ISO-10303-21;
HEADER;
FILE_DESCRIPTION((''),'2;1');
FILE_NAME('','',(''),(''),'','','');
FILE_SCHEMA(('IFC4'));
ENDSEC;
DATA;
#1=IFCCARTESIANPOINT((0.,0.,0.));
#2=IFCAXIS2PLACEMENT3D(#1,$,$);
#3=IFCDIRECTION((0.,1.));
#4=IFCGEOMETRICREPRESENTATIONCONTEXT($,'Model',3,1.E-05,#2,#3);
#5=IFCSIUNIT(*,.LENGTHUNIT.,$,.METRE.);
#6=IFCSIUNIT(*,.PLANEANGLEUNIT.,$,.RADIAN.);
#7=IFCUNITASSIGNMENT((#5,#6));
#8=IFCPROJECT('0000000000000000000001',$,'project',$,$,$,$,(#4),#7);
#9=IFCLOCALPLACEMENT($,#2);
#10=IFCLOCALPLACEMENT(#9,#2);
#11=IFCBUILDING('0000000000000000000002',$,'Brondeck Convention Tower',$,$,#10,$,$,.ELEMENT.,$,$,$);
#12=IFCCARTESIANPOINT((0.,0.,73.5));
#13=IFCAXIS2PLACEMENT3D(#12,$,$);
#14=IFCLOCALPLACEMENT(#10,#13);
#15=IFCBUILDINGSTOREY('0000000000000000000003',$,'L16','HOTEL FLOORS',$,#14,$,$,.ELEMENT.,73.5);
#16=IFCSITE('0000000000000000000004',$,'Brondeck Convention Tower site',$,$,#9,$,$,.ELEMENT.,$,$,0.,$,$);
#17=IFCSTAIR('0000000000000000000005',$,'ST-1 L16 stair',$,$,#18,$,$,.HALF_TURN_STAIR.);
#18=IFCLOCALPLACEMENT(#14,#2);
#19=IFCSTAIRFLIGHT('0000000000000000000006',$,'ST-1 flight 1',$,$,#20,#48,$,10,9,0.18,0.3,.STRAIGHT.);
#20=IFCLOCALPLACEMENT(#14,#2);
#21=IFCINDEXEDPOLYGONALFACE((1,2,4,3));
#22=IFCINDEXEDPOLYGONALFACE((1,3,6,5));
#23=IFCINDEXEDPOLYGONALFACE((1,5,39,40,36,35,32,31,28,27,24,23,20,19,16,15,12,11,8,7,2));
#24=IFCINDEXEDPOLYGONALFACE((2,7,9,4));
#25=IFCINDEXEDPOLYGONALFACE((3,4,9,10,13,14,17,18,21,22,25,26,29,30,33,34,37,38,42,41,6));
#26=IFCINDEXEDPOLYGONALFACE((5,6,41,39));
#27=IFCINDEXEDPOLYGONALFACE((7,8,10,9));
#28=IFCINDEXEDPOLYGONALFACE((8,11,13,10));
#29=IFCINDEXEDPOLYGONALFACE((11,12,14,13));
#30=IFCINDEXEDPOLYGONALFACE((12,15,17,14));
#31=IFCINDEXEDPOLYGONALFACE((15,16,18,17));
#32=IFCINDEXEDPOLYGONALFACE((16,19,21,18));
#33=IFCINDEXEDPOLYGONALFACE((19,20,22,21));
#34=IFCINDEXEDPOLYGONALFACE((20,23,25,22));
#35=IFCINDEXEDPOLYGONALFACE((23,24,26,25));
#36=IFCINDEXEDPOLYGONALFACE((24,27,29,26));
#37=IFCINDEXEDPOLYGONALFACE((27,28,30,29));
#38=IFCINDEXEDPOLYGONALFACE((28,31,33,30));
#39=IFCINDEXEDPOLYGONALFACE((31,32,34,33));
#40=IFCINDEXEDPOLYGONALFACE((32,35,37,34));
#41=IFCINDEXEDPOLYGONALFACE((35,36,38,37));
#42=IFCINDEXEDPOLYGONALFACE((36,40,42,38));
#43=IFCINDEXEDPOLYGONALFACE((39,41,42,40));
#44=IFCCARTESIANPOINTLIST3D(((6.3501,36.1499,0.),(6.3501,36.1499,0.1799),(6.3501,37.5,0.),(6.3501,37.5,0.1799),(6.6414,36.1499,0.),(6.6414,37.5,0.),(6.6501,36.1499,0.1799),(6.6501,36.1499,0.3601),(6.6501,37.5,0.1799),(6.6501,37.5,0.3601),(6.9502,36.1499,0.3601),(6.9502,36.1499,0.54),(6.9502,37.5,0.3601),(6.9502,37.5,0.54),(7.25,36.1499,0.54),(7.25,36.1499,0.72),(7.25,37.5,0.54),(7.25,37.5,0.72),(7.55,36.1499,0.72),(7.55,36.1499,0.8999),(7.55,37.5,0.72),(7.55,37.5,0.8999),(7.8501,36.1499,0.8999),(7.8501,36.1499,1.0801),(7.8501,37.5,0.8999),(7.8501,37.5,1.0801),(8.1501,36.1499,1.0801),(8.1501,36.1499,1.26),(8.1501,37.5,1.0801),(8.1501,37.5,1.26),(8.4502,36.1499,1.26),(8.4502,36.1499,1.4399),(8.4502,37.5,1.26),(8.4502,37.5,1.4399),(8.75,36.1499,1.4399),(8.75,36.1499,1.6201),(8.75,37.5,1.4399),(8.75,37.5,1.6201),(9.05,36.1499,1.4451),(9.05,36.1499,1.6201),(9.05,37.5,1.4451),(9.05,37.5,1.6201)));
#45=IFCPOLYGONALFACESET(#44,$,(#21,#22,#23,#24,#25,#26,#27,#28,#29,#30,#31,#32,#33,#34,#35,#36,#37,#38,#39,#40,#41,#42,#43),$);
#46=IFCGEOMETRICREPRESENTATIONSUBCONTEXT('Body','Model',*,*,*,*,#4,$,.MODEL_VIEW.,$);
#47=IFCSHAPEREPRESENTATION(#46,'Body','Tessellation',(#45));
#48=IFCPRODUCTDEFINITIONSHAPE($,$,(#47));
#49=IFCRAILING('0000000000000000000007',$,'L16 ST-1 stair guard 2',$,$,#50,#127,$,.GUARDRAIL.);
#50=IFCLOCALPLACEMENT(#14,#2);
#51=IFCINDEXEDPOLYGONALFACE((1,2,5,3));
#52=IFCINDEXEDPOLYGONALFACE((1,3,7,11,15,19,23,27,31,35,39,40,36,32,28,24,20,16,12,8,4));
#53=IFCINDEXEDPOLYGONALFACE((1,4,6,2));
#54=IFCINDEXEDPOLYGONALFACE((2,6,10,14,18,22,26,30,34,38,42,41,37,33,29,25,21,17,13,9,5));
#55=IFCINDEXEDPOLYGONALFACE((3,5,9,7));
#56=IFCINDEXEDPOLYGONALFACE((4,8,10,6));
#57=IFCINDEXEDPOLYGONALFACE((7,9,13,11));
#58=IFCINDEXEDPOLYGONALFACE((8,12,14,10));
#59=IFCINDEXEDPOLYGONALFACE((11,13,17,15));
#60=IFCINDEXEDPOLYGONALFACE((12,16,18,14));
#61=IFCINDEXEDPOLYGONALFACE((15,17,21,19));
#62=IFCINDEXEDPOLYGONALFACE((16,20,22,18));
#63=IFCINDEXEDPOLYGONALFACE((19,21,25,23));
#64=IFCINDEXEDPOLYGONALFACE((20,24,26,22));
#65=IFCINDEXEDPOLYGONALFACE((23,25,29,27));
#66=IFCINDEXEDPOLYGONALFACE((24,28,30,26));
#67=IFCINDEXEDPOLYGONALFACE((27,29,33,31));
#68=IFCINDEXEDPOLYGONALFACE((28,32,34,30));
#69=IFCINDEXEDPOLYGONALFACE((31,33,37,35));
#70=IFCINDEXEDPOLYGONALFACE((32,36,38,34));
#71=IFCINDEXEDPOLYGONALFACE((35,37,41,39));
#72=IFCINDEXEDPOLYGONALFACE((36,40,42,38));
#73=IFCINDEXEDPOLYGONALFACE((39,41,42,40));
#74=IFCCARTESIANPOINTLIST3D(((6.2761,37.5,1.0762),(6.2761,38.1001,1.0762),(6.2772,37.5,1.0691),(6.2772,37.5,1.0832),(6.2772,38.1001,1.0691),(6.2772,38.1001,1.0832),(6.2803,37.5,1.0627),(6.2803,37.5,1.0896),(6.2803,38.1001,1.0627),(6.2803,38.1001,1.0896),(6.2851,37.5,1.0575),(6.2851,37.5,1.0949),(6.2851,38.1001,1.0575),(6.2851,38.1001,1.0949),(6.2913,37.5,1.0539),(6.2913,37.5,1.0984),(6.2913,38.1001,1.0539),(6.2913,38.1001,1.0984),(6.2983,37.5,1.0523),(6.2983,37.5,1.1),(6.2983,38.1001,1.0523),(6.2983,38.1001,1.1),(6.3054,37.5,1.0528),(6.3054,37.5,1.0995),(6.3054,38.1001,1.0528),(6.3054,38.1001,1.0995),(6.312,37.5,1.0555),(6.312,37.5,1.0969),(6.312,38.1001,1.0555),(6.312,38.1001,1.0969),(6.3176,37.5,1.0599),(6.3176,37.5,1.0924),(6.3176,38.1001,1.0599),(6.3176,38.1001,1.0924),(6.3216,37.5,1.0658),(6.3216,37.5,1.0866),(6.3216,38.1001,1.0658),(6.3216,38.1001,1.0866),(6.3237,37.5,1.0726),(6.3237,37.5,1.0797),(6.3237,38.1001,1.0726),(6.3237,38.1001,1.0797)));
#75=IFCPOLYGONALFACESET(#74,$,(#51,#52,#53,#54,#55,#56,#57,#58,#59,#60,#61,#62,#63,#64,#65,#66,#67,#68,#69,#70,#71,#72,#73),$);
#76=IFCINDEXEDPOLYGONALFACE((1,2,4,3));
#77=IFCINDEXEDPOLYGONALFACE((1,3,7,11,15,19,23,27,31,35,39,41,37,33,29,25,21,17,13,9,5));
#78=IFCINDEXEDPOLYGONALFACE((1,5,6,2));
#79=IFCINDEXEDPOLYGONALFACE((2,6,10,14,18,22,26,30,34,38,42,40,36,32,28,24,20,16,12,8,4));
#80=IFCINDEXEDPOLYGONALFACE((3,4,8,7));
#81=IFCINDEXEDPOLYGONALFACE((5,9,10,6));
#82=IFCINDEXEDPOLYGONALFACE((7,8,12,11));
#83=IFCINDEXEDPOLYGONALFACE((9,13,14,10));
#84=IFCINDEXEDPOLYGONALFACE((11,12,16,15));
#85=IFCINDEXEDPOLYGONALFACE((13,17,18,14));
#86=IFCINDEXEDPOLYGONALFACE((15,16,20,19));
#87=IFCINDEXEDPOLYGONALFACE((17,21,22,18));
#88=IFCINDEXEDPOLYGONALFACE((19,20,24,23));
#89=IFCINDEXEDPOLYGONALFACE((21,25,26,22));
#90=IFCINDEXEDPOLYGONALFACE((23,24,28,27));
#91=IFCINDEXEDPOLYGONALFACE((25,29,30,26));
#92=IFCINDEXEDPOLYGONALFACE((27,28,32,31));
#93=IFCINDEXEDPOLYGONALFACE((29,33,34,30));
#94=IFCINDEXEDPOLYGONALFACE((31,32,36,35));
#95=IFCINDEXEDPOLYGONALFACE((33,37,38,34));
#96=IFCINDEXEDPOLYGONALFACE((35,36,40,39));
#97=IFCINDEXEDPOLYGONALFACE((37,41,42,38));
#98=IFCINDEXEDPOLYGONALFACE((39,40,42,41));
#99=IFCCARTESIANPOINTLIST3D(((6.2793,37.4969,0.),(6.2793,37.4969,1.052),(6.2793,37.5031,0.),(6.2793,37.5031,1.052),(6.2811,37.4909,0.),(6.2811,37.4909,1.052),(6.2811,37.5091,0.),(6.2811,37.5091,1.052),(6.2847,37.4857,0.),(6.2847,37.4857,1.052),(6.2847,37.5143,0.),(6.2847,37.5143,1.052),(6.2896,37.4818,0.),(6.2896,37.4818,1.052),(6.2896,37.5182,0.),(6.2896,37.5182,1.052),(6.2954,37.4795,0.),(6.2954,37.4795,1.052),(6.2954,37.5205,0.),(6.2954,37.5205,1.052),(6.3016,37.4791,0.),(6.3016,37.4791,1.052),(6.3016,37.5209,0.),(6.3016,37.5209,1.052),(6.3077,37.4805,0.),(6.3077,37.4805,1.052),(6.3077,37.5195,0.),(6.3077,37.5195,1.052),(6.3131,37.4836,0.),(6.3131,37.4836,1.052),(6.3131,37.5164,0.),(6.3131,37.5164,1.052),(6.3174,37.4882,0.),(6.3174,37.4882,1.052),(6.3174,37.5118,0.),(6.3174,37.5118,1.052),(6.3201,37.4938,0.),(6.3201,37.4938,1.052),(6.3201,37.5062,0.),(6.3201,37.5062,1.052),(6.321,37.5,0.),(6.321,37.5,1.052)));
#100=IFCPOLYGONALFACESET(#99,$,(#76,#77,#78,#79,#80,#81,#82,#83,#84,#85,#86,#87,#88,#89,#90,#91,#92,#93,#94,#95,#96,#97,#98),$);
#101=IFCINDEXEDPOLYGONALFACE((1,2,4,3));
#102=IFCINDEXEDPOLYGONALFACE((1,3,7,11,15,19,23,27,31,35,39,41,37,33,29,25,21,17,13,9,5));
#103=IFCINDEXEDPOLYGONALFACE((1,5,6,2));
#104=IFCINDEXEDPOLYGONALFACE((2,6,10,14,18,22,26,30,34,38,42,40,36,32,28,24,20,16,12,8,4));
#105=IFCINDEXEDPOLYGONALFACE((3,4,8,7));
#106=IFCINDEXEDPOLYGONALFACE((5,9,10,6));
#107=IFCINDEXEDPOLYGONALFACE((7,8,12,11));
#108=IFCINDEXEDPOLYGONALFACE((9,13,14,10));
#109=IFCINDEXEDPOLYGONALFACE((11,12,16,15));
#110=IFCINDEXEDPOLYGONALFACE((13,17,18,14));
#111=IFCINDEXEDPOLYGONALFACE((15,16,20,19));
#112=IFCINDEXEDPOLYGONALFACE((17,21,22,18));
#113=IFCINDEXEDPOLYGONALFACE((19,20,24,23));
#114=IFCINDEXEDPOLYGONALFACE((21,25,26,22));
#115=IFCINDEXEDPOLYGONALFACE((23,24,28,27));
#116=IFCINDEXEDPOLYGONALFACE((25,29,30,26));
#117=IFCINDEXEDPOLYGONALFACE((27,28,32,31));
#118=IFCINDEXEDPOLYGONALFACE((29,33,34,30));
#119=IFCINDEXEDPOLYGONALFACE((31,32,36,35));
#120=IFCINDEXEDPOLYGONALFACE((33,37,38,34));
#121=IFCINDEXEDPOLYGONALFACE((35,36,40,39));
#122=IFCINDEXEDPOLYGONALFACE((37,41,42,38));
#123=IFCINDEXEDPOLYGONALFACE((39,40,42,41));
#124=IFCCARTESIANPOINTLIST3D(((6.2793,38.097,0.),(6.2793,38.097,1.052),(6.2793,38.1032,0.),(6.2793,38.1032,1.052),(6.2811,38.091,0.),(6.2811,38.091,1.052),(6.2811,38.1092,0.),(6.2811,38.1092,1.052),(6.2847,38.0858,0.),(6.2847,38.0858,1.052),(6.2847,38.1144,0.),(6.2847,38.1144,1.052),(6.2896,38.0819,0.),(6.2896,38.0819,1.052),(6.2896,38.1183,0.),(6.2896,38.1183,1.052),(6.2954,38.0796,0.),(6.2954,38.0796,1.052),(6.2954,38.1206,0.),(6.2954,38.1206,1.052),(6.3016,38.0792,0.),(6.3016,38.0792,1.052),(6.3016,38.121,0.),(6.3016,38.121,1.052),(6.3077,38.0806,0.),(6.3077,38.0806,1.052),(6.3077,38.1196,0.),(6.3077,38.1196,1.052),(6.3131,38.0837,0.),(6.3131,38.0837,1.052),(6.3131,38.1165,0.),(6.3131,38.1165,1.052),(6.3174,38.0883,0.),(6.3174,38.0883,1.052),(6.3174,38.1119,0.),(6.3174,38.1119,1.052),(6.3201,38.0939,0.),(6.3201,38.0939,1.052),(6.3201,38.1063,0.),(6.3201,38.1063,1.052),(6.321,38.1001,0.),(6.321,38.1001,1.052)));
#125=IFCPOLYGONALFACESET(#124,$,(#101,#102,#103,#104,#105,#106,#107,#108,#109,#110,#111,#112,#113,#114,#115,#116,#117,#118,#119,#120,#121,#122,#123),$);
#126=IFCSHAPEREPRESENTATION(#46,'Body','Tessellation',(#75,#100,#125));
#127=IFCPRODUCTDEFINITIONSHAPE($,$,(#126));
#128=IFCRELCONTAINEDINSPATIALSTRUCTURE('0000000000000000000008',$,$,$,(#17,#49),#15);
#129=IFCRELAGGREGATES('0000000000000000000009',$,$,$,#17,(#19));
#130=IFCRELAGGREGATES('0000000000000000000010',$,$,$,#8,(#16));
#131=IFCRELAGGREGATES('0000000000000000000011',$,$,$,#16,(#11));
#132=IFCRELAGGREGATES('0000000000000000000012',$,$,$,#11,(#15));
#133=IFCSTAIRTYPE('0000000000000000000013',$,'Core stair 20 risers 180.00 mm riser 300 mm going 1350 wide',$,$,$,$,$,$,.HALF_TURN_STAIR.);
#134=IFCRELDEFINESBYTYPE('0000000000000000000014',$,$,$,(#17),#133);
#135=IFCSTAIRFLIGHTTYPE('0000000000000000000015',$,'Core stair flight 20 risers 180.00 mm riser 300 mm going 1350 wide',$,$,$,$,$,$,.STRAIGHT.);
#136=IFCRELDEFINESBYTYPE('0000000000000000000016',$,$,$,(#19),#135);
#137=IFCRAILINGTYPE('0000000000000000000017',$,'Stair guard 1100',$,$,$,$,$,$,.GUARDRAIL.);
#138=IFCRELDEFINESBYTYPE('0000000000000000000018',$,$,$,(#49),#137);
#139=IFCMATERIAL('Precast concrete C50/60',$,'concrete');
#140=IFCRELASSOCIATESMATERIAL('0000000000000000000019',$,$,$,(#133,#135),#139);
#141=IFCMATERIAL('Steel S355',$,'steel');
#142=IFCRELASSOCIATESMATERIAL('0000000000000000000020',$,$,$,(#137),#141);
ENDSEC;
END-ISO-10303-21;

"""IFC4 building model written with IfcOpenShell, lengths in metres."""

from ifc_helpers import new_model, si_unit, direction, frame, origin, origin_2d, place, context, subcontext, project, spatial, polyline, circle, outline, extrude, material, type_object, element, aggregate, save


model = new_model("IFC4")

# Units and contexts
model_context = context("Model", 3, precision=1e-05, world=origin(), true_north=direction((0.0, 1.0)))
body_context = subcontext(model_context, "Body", "Model", "MODEL_VIEW")
ifc_project = project(units=[si_unit("LENGTHUNIT", "METRE"), si_unit("PLANEANGLEUNIT", "RADIAN")], contexts=[model_context])

# Site, building, storey
site_placement = place(None, origin())
site = spatial("IfcSite", under=ifc_project, at=site_placement, Name="Brondeck Convention Tower site", CompositionType="ELEMENT", RefElevation=0.0)
building_placement = place(site_placement, origin())
building = spatial("IfcBuilding", under=site, at=building_placement, Name="Brondeck Convention Tower", CompositionType="ELEMENT")
storey_placement = place(building_placement, frame((0.0, 0.0, 73.5)))
storey = spatial("IfcBuildingStorey", under=building, at=storey_placement, Name="L16", Description="HOTEL FLOORS", CompositionType="ELEMENT", Elevation=73.5)

# Stair, stair flight
ifc_material_1 = material(Name="Precast concrete C50/60", Category="concrete")
stair_type = type_object("IfcStairType", Name="Core stair 20 risers 180.00 mm riser 300 mm going 1350 wide", PredefinedType="HALF_TURN_STAIR", material=ifc_material_1)
stair_placement = place(storey_placement, origin())
stair = element("IfcStair", 1, at=stair_placement, inside=storey, type_object=stair_type, Name="ST-1 L16 stair", PredefinedType="HALF_TURN_STAIR")
stair_flight_type = type_object("IfcStairFlightType", Name="Core stair flight 20 risers 180.00 mm riser 300 mm going 1350 wide", PredefinedType="STRAIGHT", material=ifc_material_1)
stair_flight_placement = place(storey_placement, frame((6.3501, 36.825, 0.0), z_axis=(0.0, 0.0, 1.0), x_axis=(1.0, 0.0, 0.0)))
stair_flight = element("IfcStairFlight", 2, at=stair_flight_placement, type_object=stair_flight_type, Name="ST-1 flight 1", NumberOfRisers=10, NumberOfTreads=9, PredefinedType="STRAIGHT", RiserHeight=0.18, TreadLength=0.3, context=body_context, shape_type="SweptSolid", body=[
    extrude(outline(polyline([(0.0, 0.0), (0.0, 0.1799), (0.3, 0.1799), (0.3, 0.3601), (0.6001, 0.3601), (0.6001, 0.54), (0.8999, 0.54), (0.8999, 0.72), (1.2, 0.72), (1.2, 0.8999), (1.5, 0.8999), (1.5, 1.0801), (1.8, 1.0801), (1.8, 1.26), (2.1001, 1.26), (2.1001, 1.4399), (2.3999, 1.4399), (2.3999, 1.6201), (2.7, 1.6201), (2.7, 1.8), (2.7, 1.4451), (0.2913, 0.0), (0.0, 0.0)])), frame((0.0, 0.675, 0.0), z_axis=(0.0, -1.0, 0.0), x_axis=(1.0, 0.0, 0.0)), (0.0, 0.0, 1.0), 1.3501),
])
aggregate(stair, [stair_flight])

# Railing
ifc_material_2 = material(Name="Steel S355", Category="steel")
railing_type_1 = type_object("IfcRailingType", Name="Stair guard 1100", PredefinedType="GUARDRAIL", material=ifc_material_2)
railing_1_placement = place(storey_placement, frame((6.3, 37.5, 0.0)))
element("IfcRailing", 3, at=railing_1_placement, inside=storey, type_object=railing_type_1, Name="L16 ST-1 stair guard 2", PredefinedType="GUARDRAIL", context=body_context, shape_type="SweptSolid", body=[
    extrude(circle(Radius=0.0239, at=origin_2d()), frame((0.0, 0.0, 1.0762), z_axis=(0.0, 1.0, 0.0), x_axis=(-1.0, 0.0, 0.0)), (0.0, 0.0, 1.0), 0.6001),
    extrude(circle(Radius=0.021, at=origin_2d()), origin(), (0.0, 0.0, 1.0), 1.052),
    extrude(circle(Radius=0.021, at=origin_2d()), frame((0.0, 0.6001, 0.0)), (0.0, 0.0, 1.0), 1.052),
])

save(model, "model.ifc")
